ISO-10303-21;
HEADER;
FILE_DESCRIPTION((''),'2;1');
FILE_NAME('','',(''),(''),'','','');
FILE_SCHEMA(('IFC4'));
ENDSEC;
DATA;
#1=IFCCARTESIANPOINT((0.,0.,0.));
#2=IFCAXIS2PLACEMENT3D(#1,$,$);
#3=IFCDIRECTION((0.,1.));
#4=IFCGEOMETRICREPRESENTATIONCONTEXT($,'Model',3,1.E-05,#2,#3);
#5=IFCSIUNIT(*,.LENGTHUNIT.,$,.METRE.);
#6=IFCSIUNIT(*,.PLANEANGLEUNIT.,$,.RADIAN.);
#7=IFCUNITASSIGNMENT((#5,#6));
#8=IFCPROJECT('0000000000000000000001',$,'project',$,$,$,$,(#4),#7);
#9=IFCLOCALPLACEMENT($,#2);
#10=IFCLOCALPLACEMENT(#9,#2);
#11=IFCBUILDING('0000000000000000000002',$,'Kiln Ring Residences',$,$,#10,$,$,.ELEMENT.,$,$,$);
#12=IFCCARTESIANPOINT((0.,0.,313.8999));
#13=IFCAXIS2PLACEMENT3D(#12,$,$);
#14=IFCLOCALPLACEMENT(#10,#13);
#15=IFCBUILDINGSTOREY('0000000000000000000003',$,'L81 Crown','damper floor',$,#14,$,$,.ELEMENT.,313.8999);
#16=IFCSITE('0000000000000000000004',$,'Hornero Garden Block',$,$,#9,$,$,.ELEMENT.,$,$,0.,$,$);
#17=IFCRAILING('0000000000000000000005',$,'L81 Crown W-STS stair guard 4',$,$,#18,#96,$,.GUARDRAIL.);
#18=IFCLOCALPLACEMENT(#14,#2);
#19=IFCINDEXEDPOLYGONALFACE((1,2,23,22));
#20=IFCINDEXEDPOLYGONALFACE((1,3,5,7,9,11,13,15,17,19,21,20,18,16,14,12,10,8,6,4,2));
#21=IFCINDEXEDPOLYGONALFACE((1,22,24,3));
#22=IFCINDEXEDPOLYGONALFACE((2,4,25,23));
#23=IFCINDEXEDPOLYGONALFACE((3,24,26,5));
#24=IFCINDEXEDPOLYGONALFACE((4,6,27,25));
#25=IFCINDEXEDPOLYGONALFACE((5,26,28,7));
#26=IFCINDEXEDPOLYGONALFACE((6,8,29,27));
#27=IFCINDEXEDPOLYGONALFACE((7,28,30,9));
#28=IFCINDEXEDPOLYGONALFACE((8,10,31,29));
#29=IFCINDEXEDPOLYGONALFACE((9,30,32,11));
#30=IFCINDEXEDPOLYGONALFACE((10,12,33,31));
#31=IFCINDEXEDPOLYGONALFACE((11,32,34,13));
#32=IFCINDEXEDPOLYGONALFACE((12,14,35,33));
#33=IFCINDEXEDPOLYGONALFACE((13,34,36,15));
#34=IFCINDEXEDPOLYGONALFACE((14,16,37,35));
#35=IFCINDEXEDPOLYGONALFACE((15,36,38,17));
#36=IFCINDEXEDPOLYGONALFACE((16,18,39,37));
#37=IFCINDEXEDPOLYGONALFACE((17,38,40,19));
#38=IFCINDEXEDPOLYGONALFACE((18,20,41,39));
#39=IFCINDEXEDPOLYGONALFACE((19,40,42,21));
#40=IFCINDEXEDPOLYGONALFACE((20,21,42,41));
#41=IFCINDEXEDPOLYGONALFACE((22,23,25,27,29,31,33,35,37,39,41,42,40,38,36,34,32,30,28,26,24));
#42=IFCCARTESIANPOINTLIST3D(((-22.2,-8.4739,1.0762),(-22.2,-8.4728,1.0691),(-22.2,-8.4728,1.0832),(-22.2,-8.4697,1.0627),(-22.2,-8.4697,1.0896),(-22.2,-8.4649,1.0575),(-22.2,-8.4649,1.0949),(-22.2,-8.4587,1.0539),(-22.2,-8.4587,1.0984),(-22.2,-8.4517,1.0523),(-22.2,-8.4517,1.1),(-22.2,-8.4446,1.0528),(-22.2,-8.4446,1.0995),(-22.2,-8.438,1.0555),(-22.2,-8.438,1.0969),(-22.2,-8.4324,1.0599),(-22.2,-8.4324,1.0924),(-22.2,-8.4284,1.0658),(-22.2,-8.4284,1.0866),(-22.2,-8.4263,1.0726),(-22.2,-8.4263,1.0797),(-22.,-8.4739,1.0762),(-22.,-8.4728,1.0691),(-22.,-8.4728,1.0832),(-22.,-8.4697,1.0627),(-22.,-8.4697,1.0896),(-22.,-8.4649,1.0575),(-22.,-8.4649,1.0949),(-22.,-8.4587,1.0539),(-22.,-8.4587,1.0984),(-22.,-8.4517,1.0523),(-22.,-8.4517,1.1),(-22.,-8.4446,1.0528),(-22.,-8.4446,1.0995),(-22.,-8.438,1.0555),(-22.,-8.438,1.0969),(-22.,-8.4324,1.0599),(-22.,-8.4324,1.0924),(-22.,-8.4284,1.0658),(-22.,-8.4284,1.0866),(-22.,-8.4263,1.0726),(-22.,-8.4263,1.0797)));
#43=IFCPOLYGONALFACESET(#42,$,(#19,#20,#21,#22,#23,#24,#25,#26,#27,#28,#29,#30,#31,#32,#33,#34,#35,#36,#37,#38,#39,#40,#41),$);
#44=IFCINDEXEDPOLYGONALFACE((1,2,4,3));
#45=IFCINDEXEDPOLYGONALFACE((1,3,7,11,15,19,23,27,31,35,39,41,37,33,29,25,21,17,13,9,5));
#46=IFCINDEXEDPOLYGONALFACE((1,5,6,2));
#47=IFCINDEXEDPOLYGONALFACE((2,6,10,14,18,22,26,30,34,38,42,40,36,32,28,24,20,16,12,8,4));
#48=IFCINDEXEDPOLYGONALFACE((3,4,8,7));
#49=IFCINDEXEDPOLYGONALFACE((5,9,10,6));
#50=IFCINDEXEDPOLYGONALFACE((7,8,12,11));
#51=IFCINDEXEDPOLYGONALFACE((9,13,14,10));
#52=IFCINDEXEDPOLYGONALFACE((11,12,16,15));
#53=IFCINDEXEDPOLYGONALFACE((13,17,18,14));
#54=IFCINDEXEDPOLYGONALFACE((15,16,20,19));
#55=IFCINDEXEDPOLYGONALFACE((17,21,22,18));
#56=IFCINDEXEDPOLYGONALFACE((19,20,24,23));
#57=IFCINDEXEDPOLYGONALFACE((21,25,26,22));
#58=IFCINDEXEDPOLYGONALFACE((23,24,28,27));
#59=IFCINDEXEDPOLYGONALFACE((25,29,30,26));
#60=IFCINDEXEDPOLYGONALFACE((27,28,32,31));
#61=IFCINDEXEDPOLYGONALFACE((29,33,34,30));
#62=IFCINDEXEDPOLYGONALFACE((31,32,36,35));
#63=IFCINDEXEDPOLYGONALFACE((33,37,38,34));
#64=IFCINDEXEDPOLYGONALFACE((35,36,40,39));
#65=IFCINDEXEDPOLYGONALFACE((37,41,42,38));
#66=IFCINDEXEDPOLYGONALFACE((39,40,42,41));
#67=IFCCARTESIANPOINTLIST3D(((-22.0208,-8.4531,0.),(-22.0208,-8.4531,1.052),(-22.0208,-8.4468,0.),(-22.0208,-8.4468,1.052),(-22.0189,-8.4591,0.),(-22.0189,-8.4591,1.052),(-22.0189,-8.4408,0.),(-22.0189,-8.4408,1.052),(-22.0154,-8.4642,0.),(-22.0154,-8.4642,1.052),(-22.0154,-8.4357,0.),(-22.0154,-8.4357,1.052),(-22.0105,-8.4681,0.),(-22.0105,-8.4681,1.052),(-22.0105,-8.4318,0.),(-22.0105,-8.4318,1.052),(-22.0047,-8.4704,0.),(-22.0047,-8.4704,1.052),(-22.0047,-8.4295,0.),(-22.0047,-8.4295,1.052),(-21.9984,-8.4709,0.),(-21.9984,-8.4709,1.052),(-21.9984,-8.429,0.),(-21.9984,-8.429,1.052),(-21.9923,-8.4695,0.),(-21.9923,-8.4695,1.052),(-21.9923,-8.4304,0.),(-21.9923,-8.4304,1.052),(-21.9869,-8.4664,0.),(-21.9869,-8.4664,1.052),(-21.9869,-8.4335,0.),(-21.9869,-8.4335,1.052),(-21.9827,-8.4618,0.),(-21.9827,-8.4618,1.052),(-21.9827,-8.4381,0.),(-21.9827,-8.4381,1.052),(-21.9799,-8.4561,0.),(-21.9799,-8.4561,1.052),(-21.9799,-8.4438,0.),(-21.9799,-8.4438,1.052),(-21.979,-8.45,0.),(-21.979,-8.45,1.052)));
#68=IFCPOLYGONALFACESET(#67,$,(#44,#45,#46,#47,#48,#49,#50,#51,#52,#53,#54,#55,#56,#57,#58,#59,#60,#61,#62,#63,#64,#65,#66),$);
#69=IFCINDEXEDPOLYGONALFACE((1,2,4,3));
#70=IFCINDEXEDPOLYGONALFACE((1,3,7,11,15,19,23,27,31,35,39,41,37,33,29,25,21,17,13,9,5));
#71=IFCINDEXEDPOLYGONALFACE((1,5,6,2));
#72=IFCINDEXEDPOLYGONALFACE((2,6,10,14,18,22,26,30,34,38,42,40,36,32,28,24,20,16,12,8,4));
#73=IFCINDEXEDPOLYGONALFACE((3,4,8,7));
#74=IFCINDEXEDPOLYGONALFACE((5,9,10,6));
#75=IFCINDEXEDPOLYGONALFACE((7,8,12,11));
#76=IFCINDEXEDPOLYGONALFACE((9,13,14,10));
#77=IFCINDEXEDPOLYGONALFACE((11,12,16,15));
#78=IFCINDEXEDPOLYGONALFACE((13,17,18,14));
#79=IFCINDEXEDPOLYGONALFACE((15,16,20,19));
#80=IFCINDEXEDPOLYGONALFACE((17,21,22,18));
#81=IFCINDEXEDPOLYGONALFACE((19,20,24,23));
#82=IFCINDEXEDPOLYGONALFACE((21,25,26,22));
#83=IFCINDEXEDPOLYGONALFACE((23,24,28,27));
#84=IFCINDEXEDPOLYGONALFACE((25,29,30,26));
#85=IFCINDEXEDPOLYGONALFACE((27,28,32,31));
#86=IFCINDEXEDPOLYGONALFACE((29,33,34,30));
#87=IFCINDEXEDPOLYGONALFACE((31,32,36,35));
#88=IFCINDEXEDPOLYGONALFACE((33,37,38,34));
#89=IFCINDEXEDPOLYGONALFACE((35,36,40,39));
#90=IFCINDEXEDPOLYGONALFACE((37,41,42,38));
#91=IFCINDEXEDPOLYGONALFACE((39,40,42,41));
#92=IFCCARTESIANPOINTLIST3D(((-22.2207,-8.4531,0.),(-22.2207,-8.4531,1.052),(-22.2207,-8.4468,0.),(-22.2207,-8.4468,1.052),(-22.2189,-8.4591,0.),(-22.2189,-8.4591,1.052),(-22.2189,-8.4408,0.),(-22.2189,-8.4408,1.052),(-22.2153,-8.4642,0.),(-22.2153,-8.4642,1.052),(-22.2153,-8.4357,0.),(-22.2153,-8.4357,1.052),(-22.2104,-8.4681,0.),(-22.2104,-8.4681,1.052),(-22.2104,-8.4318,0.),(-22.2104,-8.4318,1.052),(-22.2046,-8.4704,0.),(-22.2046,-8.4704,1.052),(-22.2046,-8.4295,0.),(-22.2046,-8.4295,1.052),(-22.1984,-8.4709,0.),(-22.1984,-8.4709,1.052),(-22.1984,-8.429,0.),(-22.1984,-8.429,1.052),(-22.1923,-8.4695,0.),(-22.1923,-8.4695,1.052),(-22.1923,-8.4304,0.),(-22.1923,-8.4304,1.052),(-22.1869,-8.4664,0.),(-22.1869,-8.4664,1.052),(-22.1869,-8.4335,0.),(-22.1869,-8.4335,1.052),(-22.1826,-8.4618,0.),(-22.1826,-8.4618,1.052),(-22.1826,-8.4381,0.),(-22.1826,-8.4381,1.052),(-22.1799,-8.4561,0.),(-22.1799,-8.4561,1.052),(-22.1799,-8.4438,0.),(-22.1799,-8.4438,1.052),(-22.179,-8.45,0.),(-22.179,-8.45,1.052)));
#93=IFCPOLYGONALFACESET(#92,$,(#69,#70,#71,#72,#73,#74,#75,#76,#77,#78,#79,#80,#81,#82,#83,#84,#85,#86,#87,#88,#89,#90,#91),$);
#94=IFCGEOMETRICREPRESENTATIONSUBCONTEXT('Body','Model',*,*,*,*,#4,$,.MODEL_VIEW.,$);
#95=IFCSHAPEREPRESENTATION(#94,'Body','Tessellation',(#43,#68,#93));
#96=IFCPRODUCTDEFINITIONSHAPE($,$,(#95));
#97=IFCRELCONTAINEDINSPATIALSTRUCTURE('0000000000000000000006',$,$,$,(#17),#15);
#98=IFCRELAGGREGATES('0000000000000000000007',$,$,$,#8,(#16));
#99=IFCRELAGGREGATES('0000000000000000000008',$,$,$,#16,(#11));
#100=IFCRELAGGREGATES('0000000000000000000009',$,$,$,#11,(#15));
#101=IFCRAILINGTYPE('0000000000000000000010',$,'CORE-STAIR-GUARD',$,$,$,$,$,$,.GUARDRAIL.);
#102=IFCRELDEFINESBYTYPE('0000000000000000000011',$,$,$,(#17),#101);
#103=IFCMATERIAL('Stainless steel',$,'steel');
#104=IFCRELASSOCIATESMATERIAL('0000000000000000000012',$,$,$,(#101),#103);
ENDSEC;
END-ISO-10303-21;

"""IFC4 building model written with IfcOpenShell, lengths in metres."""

from ifc_helpers import new_model, si_unit, direction, frame, origin, origin_2d, place, context, subcontext, project, spatial, circle, extrude, material, type_object, element, save


model = new_model("IFC4")

# Units and contexts
model_context = context("Model", 3, precision=1e-05, world=origin(), true_north=direction((0.0, 1.0)))
body_context = subcontext(model_context, "Body", "Model", "MODEL_VIEW")
ifc_project = project(units=[si_unit("LENGTHUNIT", "METRE"), si_unit("PLANEANGLEUNIT", "RADIAN")], contexts=[model_context])

# Site, building, storey
site_placement = place(None, origin())
site = spatial("IfcSite", under=ifc_project, at=site_placement, Name="Hornero Garden Block", CompositionType="ELEMENT", RefElevation=0.0)
building_placement = place(site_placement, origin())
building = spatial("IfcBuilding", under=site, at=building_placement, Name="Kiln Ring Residences", CompositionType="ELEMENT")
storey_placement = place(building_placement, frame((0.0, 0.0, 313.8999)))
storey = spatial("IfcBuildingStorey", under=building, at=storey_placement, Name="L81 Crown", Description="damper floor", CompositionType="ELEMENT", Elevation=313.8999)

# Railing
ifc_material_1 = material(Name="Stainless steel", Category="steel")
railing_type_1 = type_object("IfcRailingType", Name="CORE-STAIR-GUARD", PredefinedType="GUARDRAIL", material=ifc_material_1)
railing_1_placement = place(storey_placement, frame((-22.0, -8.45, 0.0)))
element("IfcRailing", 1, at=railing_1_placement, inside=storey, type_object=railing_type_1, Name="L81 Crown W-STS stair guard 4", PredefinedType="GUARDRAIL", context=body_context, shape_type="SweptSolid", body=[
    extrude(circle(Radius=0.0239, at=origin_2d()), frame((0.0, 0.0, 1.0762), z_axis=(-1.0, 0.0, 0.0), x_axis=(0.0, -1.0, 0.0)), (0.0, 0.0, 1.0), 0.2),
    extrude(circle(Radius=0.021, at=origin_2d()), origin(), (0.0, 0.0, 1.0), 1.052),
    extrude(circle(Radius=0.021, at=origin_2d()), frame((-0.2, 0.0, 0.0)), (0.0, 0.0, 1.0), 1.052),
])

save(model, "model.ifc")
